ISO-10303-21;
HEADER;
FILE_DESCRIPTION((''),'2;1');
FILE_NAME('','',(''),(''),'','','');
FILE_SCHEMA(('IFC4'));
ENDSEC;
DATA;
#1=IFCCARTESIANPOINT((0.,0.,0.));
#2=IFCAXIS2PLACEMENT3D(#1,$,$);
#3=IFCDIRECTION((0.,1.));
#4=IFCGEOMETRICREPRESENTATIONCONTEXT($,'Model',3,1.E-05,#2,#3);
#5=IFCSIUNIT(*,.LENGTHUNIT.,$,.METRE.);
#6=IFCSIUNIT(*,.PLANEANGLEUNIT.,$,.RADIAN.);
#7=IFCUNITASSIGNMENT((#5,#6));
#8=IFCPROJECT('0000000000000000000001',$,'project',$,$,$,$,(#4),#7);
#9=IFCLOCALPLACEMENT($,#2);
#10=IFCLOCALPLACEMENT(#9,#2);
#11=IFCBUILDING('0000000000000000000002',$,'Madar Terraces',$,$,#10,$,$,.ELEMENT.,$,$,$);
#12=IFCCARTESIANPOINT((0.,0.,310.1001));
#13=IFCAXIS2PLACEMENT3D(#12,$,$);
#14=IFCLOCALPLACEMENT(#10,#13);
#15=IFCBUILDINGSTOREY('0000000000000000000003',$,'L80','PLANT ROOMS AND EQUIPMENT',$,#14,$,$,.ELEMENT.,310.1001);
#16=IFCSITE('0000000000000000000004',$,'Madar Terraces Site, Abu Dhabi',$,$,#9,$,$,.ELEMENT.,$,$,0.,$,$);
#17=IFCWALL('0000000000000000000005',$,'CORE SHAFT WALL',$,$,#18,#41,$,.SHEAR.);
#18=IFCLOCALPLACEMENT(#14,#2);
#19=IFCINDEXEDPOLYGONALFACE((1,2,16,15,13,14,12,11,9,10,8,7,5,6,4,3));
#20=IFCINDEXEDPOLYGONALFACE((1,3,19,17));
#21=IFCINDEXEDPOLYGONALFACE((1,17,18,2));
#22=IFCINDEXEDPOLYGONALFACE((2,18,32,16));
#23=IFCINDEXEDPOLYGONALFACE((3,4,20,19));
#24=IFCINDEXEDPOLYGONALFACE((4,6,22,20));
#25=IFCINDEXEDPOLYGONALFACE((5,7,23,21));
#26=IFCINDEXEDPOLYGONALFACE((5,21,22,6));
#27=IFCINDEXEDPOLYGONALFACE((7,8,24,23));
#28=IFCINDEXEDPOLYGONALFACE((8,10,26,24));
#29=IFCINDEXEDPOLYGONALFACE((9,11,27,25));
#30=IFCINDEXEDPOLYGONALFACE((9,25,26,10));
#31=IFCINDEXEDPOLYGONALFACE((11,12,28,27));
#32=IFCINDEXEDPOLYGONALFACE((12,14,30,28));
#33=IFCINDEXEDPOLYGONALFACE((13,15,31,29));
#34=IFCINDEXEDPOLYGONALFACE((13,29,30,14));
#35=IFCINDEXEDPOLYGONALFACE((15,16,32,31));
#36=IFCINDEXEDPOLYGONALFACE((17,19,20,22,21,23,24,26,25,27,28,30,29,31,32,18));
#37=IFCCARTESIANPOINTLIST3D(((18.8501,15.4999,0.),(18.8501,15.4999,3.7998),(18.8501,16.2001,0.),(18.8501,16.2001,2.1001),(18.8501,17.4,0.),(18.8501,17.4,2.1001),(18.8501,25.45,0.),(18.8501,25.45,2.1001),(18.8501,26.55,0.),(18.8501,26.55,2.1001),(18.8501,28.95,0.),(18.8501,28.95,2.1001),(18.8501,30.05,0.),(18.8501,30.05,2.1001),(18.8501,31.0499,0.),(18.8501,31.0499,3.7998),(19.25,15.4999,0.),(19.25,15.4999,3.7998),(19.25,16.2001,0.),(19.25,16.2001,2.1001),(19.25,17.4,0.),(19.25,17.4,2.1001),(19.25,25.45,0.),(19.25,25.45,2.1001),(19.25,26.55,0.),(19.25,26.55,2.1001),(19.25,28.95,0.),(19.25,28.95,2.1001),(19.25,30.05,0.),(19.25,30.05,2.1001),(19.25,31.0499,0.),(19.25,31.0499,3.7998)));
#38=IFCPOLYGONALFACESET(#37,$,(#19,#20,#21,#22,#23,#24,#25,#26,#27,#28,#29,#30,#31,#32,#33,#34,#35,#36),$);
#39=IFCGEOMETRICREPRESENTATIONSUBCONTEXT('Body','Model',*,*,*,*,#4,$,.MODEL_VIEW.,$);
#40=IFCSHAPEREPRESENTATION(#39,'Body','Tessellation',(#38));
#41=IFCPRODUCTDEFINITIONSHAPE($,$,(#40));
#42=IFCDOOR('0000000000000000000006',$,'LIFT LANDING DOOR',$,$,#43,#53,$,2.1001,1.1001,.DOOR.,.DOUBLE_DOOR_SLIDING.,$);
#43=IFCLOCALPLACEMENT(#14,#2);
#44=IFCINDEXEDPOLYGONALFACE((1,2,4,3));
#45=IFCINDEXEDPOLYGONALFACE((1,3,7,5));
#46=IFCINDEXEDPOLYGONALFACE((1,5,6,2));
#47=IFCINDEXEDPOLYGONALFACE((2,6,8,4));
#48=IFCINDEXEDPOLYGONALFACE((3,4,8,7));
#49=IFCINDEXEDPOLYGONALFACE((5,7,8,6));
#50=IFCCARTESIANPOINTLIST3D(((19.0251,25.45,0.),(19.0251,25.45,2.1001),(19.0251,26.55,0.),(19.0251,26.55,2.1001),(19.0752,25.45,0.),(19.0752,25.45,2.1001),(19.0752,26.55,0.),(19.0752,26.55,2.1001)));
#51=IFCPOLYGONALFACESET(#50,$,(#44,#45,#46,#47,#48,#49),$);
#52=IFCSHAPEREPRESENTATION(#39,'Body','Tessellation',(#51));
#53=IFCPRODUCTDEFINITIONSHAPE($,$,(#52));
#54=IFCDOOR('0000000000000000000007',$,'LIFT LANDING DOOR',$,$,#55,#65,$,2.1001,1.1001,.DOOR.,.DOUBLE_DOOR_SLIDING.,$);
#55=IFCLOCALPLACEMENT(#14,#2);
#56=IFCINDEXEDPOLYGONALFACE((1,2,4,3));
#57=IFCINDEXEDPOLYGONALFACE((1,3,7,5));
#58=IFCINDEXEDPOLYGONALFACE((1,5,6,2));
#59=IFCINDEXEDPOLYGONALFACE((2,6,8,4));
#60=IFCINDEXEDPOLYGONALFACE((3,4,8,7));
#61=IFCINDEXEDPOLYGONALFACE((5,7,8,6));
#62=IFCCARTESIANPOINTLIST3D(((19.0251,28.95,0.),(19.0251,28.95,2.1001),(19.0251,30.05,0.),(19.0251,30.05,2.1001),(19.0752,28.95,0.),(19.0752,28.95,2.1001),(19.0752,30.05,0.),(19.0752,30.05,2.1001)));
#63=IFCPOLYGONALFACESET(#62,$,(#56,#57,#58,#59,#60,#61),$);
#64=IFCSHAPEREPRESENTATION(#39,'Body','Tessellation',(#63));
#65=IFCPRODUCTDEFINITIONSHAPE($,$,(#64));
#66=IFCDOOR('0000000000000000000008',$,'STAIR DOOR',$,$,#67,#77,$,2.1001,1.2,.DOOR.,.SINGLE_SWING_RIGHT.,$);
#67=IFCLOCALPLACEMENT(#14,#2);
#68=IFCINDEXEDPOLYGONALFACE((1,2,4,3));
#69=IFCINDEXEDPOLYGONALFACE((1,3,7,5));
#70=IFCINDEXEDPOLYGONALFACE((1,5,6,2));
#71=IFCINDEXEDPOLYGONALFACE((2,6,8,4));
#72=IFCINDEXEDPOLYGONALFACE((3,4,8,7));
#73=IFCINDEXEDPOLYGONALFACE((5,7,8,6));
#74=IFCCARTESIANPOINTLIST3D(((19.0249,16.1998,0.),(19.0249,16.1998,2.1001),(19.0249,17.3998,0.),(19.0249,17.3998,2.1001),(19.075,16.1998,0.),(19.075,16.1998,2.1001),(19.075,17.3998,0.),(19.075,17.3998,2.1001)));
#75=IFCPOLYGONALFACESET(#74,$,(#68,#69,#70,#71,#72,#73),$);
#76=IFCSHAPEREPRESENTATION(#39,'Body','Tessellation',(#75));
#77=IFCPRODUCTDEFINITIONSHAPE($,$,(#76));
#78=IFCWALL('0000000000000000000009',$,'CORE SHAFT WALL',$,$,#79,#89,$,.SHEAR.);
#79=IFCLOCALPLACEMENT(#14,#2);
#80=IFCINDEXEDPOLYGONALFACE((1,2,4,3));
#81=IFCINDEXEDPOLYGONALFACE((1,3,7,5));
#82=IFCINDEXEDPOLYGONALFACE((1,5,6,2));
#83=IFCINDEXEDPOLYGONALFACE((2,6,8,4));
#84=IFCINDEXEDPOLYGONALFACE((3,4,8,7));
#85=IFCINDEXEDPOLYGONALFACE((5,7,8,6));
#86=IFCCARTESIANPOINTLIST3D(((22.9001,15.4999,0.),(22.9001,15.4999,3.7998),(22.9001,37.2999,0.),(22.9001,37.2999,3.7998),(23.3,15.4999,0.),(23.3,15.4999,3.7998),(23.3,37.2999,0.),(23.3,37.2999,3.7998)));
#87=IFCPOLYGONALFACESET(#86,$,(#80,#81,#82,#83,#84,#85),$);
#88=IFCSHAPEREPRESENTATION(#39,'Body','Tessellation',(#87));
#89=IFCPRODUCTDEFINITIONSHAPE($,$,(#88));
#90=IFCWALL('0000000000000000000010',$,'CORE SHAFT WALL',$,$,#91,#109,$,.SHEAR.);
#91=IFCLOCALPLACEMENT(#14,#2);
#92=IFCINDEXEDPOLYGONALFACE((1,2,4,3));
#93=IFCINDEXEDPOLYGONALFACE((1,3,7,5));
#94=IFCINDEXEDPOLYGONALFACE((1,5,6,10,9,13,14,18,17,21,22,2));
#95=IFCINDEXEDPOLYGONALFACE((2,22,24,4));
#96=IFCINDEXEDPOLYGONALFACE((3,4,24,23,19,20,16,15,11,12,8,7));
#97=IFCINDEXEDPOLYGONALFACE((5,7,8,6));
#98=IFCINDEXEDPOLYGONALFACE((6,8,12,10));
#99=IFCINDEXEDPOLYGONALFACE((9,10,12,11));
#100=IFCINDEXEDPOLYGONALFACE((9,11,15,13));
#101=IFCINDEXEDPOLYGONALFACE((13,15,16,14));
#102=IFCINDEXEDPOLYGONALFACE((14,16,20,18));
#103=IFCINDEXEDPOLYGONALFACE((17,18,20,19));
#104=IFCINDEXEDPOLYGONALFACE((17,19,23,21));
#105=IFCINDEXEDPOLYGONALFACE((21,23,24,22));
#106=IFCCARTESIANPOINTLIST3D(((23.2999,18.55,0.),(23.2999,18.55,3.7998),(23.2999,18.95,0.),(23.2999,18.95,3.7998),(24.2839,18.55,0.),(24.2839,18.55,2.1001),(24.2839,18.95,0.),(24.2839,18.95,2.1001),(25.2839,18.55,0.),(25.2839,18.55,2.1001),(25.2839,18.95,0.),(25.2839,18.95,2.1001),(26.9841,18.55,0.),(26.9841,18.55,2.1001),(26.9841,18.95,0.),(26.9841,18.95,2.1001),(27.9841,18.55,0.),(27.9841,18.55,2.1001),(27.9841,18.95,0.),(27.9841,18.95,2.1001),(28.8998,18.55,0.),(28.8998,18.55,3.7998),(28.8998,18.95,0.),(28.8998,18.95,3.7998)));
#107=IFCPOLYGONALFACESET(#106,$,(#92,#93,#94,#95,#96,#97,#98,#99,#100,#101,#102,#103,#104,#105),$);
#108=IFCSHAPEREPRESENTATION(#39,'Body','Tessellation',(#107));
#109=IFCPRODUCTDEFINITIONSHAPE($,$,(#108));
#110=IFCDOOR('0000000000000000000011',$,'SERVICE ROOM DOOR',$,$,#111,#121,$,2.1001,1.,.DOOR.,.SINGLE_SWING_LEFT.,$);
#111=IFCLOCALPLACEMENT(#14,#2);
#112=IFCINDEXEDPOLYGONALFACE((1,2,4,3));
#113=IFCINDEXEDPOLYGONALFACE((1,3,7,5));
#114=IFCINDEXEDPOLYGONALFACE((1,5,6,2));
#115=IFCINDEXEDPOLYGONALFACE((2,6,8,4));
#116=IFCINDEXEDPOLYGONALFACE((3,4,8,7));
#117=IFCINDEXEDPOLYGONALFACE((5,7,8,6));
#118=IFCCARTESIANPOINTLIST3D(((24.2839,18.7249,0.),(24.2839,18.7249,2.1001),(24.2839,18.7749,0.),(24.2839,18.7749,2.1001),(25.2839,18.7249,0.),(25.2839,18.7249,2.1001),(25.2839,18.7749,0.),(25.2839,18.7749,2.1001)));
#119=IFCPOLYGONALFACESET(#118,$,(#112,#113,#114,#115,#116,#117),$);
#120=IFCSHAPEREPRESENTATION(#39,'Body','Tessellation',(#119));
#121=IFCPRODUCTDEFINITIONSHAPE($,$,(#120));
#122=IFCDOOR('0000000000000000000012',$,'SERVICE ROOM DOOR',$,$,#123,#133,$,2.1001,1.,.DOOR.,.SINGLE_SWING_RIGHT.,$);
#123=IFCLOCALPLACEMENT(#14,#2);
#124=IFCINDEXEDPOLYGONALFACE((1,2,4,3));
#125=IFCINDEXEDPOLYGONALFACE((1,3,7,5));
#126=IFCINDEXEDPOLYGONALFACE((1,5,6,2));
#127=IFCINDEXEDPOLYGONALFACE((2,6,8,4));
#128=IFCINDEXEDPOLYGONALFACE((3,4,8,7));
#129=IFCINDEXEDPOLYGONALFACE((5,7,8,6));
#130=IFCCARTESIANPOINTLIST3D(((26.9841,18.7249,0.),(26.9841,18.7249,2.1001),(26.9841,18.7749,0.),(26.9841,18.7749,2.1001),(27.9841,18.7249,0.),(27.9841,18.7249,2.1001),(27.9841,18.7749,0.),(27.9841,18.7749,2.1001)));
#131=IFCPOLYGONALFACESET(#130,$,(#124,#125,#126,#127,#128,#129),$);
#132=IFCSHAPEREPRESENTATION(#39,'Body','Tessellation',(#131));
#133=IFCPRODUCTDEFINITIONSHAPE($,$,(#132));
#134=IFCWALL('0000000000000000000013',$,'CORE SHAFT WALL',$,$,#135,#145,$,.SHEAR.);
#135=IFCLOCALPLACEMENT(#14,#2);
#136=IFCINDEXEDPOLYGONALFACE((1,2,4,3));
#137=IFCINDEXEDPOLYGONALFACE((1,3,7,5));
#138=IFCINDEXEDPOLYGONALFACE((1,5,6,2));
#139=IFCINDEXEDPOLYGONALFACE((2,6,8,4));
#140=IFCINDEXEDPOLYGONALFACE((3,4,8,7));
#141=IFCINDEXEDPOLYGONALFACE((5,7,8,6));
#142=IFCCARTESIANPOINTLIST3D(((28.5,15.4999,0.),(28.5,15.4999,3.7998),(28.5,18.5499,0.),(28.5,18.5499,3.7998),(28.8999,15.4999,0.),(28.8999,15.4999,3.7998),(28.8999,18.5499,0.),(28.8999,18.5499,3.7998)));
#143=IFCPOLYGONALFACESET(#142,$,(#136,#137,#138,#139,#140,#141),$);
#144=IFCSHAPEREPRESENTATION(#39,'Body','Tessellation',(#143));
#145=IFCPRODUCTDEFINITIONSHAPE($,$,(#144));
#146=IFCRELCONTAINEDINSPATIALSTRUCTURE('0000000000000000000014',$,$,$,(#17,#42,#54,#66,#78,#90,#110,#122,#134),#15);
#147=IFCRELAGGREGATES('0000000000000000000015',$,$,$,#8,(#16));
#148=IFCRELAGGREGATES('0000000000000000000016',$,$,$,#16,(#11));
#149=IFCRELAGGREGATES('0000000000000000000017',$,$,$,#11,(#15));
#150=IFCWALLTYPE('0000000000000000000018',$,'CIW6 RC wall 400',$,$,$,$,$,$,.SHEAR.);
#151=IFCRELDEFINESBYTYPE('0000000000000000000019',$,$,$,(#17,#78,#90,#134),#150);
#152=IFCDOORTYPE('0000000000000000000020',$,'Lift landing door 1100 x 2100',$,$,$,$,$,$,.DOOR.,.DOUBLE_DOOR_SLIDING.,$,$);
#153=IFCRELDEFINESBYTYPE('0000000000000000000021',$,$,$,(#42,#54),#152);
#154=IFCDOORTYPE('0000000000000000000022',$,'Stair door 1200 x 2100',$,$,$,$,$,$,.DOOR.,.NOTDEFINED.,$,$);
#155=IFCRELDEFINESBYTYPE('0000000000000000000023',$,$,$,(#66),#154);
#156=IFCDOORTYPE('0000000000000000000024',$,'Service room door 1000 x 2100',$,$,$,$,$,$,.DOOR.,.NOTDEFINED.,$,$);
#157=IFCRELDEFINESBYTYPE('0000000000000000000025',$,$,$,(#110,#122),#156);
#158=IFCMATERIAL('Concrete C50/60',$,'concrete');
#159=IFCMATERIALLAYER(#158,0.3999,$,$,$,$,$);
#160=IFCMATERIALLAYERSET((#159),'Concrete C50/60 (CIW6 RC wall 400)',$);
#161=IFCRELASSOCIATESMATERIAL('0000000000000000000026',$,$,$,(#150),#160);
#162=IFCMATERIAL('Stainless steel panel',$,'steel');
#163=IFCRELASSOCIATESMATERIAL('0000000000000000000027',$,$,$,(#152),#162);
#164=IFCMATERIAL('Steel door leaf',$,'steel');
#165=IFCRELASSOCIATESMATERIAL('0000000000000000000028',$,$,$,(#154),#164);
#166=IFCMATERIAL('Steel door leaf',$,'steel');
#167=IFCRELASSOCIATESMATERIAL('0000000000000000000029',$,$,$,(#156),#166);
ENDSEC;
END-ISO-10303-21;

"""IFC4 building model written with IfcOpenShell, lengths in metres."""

from ifc_helpers import new_model, si_unit, direction, frame, frame_2d, origin, place, context, subcontext, project, spatial, rectangle, extrude, material, layer, layer_set, type_object, element, fill, save


model = new_model("IFC4")

# Units and contexts
model_context = context("Model", 3, precision=1e-05, world=origin(), true_north=direction((0.0, 1.0)))
body_context = subcontext(model_context, "Body", "Model", "MODEL_VIEW")
ifc_project = project(units=[si_unit("LENGTHUNIT", "METRE"), si_unit("PLANEANGLEUNIT", "RADIAN")], contexts=[model_context])

# Site, building, storey
site_placement = place(None, origin())
site = spatial("IfcSite", under=ifc_project, at=site_placement, Name="Madar Terraces Site, Abu Dhabi", CompositionType="ELEMENT", RefElevation=0.0)
building_placement = place(site_placement, origin())
building = spatial("IfcBuilding", under=site, at=building_placement, Name="Madar Terraces", CompositionType="ELEMENT")
storey_placement = place(building_placement, frame((0.0, 0.0, 310.1001)))
storey = spatial("IfcBuildingStorey", under=building, at=storey_placement, Name="L80", Description="PLANT ROOMS AND EQUIPMENT", CompositionType="ELEMENT", Elevation=310.1001)

# Wall, openings, doors
ifc_material_1 = material(Name="Concrete C50/60", Category="concrete")
ifc_layer_1 = layer(ifc_material_1, 0.3999)
ifc_layer_set_1 = layer_set([ifc_layer_1], Name="Concrete C50/60 (CIW6 RC wall 400)")
wall_type_1 = type_object("IfcWallType", Name="CIW6 RC wall 400", PredefinedType="SHEAR", material=ifc_layer_set_1)
wall_1_placement = place(storey_placement, frame((19.05, 15.5, 0.0), z_axis=(0.0, 0.0, 1.0), x_axis=(0.0, 1.0, 0.0)))
wall_1 = element("IfcWall", 1, at=wall_1_placement, inside=storey, type_object=wall_type_1, Name="CORE SHAFT WALL", PredefinedType="SHEAR", context=body_context, shape_type="SweptSolid", body=[
    extrude(rectangle(XDim=15.55, YDim=0.3999, at=frame_2d((7.7749, 0.0))), origin(), (0.0, 0.0, 1.0), 3.7998),
])
opening_1_placement = place(wall_1_placement, frame((9.95, 0.0, 0.0)))
opening_1 = element("IfcOpeningElement", 2, at=opening_1_placement, cuts=wall_1, PredefinedType="OPENING", context=body_context, shape_type="SweptSolid", body=[
    extrude(rectangle(XDim=1.1001, YDim=2.1001, at=frame_2d((0.55, 1.05))), frame((0.0, 0.21, 0.0), z_axis=(0.0, -1.0, 0.0), x_axis=(1.0, 0.0, 0.0)), (0.0, 0.0, 1.0), 0.4199),
])
opening_2_placement = place(wall_1_placement, frame((13.45, 0.0, 0.0)))
opening_2 = element("IfcOpeningElement", 3, at=opening_2_placement, cuts=wall_1, PredefinedType="OPENING", context=body_context, shape_type="SweptSolid", body=[
    extrude(rectangle(XDim=1.1001, YDim=2.1001, at=frame_2d((0.55, 1.05))), frame((0.0, 0.21, 0.0), z_axis=(0.0, -1.0, 0.0), x_axis=(1.0, 0.0, 0.0)), (0.0, 0.0, 1.0), 0.4199),
])
opening_3_placement = place(wall_1_placement, frame((0.7, 0.0, 0.0)))
opening_3 = element("IfcOpeningElement", 4, at=opening_3_placement, cuts=wall_1, PredefinedType="OPENING", context=body_context, shape_type="SweptSolid", body=[
    extrude(rectangle(XDim=1.2, YDim=2.1001, at=frame_2d((0.6001, 1.05))), frame((0.0, 0.21, 0.0), z_axis=(0.0, -1.0, 0.0), x_axis=(1.0, 0.0, 0.0)), (0.0, 0.0, 1.0), 0.4199),
])
ifc_material_2 = material(Name="Stainless steel panel", Category="steel")
door_type_1 = type_object("IfcDoorType", Name="Lift landing door 1100 x 2100", OperationType="DOUBLE_DOOR_SLIDING", PredefinedType="DOOR", material=ifc_material_2)
door_1_placement = place(opening_1_placement, origin())
door_1 = element("IfcDoor", 5, at=door_1_placement, inside=storey, type_object=door_type_1, Name="LIFT LANDING DOOR", OperationType="DOUBLE_DOOR_SLIDING", OverallHeight=2.1001, OverallWidth=1.1001, PredefinedType="DOOR", context=body_context, shape_type="SweptSolid", body=[
    extrude(rectangle(XDim=1.1001, YDim=2.1001, at=frame_2d((0.55, 1.05))), frame((0.0, 0.0249, 0.0), z_axis=(0.0, -1.0, 0.0), x_axis=(1.0, 0.0, 0.0)), (0.0, 0.0, 1.0), 0.05),
])
fill(opening_1, door_1)
door_2_placement = place(opening_2_placement, origin())
door_2 = element("IfcDoor", 6, at=door_2_placement, inside=storey, type_object=door_type_1, Name="LIFT LANDING DOOR", OperationType="DOUBLE_DOOR_SLIDING", OverallHeight=2.1001, OverallWidth=1.1001, PredefinedType="DOOR", context=body_context, shape_type="SweptSolid", body=[
    extrude(rectangle(XDim=1.1001, YDim=2.1001, at=frame_2d((0.55, 1.05))), frame((0.0, 0.0249, 0.0), z_axis=(0.0, -1.0, 0.0), x_axis=(1.0, 0.0, 0.0)), (0.0, 0.0, 1.0), 0.05),
])
fill(opening_2, door_2)
ifc_material_3 = material(Name="Steel door leaf", Category="steel")
door_type_2 = type_object("IfcDoorType", Name="Stair door 1200 x 2100", OperationType="NOTDEFINED", PredefinedType="DOOR", material=ifc_material_3)
door_3_placement = place(opening_3_placement, frame((1.2, 0.0, 0.0), z_axis=(0.0, 0.0, 1.0), x_axis=(-1.0, 0.0, 0.0)))
door_3 = element("IfcDoor", 7, at=door_3_placement, inside=storey, type_object=door_type_2, Name="STAIR DOOR", OperationType="SINGLE_SWING_RIGHT", OverallHeight=2.1001, OverallWidth=1.2, PredefinedType="DOOR", context=body_context, shape_type="SweptSolid", body=[
    extrude(rectangle(XDim=1.2, YDim=2.1001, at=frame_2d((0.6001, 1.05))), frame((0.0, 0.0249, 0.0), z_axis=(0.0, -1.0, 0.0), x_axis=(1.0, 0.0, 0.0)), (0.0, 0.0, 1.0), 0.05),
])
fill(opening_3, door_3)

# Wall
wall_2_placement = place(storey_placement, frame((23.1001, 15.5, 0.0), z_axis=(0.0, 0.0, 1.0), x_axis=(0.0, 1.0, 0.0)))
element("IfcWall", 8, at=wall_2_placement, inside=storey, type_object=wall_type_1, Name="CORE SHAFT WALL", PredefinedType="SHEAR", context=body_context, shape_type="SweptSolid", body=[
    extrude(rectangle(XDim=21.8, YDim=0.3999, at=frame_2d((10.8999, 0.0))), origin(), (0.0, 0.0, 1.0), 3.7998),
])

# Wall, openings, doors
wall_3_placement = place(storey_placement, frame((23.3, 18.75, 0.0), z_axis=(0.0, 0.0, 1.0), x_axis=(1.0, 0.0, 0.0)))
wall_3 = element("IfcWall", 9, at=wall_3_placement, inside=storey, type_object=wall_type_1, Name="CORE SHAFT WALL", PredefinedType="SHEAR", context=body_context, shape_type="SweptSolid", body=[
    extrude(rectangle(XDim=5.5999, YDim=0.3999, at=frame_2d((2.7998, 0.0))), origin(), (0.0, 0.0, 1.0), 3.7998),
])
opening_4_placement = place(wall_3_placement, frame((0.9839, 0.0, 0.0)))
opening_4 = element("IfcOpeningElement", 10, at=opening_4_placement, cuts=wall_3, PredefinedType="OPENING", context=body_context, shape_type="SweptSolid", body=[
    extrude(rectangle(XDim=1.0, YDim=2.1001, at=frame_2d((0.5, 1.05))), frame((0.0, 0.21, 0.0), z_axis=(0.0, -1.0, 0.0), x_axis=(1.0, 0.0, 0.0)), (0.0, 0.0, 1.0), 0.4199),
])
opening_5_placement = place(wall_3_placement, frame((3.6841, 0.0, 0.0)))
opening_5 = element("IfcOpeningElement", 11, at=opening_5_placement, cuts=wall_3, PredefinedType="OPENING", context=body_context, shape_type="SweptSolid", body=[
    extrude(rectangle(XDim=1.0, YDim=2.1001, at=frame_2d((0.5, 1.05))), frame((0.0, 0.21, 0.0), z_axis=(0.0, -1.0, 0.0), x_axis=(1.0, 0.0, 0.0)), (0.0, 0.0, 1.0), 0.4199),
])
ifc_material_4 = material(Name="Steel door leaf", Category="steel")
door_type_3 = type_object("IfcDoorType", Name="Service room door 1000 x 2100", OperationType="NOTDEFINED", PredefinedType="DOOR", material=ifc_material_4)
door_4_placement = place(opening_4_placement, origin())
door_4 = element("IfcDoor", 12, at=door_4_placement, inside=storey, type_object=door_type_3, Name="SERVICE ROOM DOOR", OperationType="SINGLE_SWING_LEFT", OverallHeight=2.1001, OverallWidth=1.0, PredefinedType="DOOR", context=body_context, shape_type="SweptSolid", body=[
    extrude(rectangle(XDim=1.0, YDim=2.1001, at=frame_2d((0.5, 1.05))), frame((0.0, 0.0249, 0.0), z_axis=(0.0, -1.0, 0.0), x_axis=(1.0, 0.0, 0.0)), (0.0, 0.0, 1.0), 0.05),
])
fill(opening_4, door_4)
door_5_placement = place(opening_5_placement, origin())
door_5 = element("IfcDoor", 13, at=door_5_placement, inside=storey, type_object=door_type_3, Name="SERVICE ROOM DOOR", OperationType="SINGLE_SWING_RIGHT", OverallHeight=2.1001, OverallWidth=1.0, PredefinedType="DOOR", context=body_context, shape_type="SweptSolid", body=[
    extrude(rectangle(XDim=1.0, YDim=2.1001, at=frame_2d((0.5, 1.05))), frame((0.0, 0.0249, 0.0), z_axis=(0.0, -1.0, 0.0), x_axis=(1.0, 0.0, 0.0)), (0.0, 0.0, 1.0), 0.05),
])
fill(opening_5, door_5)

# Wall
wall_4_placement = place(storey_placement, frame((28.7, 15.5, 0.0), z_axis=(0.0, 0.0, 1.0), x_axis=(0.0, 1.0, 0.0)))
element("IfcWall", 14, at=wall_4_placement, inside=storey, type_object=wall_type_1, Name="CORE SHAFT WALL", PredefinedType="SHEAR", context=body_context, shape_type="SweptSolid", body=[
    extrude(rectangle(XDim=3.05, YDim=0.3999, at=frame_2d((1.5249, 0.0))), origin(), (0.0, 0.0, 1.0), 3.7998),
])

save(model, "model.ifc")
